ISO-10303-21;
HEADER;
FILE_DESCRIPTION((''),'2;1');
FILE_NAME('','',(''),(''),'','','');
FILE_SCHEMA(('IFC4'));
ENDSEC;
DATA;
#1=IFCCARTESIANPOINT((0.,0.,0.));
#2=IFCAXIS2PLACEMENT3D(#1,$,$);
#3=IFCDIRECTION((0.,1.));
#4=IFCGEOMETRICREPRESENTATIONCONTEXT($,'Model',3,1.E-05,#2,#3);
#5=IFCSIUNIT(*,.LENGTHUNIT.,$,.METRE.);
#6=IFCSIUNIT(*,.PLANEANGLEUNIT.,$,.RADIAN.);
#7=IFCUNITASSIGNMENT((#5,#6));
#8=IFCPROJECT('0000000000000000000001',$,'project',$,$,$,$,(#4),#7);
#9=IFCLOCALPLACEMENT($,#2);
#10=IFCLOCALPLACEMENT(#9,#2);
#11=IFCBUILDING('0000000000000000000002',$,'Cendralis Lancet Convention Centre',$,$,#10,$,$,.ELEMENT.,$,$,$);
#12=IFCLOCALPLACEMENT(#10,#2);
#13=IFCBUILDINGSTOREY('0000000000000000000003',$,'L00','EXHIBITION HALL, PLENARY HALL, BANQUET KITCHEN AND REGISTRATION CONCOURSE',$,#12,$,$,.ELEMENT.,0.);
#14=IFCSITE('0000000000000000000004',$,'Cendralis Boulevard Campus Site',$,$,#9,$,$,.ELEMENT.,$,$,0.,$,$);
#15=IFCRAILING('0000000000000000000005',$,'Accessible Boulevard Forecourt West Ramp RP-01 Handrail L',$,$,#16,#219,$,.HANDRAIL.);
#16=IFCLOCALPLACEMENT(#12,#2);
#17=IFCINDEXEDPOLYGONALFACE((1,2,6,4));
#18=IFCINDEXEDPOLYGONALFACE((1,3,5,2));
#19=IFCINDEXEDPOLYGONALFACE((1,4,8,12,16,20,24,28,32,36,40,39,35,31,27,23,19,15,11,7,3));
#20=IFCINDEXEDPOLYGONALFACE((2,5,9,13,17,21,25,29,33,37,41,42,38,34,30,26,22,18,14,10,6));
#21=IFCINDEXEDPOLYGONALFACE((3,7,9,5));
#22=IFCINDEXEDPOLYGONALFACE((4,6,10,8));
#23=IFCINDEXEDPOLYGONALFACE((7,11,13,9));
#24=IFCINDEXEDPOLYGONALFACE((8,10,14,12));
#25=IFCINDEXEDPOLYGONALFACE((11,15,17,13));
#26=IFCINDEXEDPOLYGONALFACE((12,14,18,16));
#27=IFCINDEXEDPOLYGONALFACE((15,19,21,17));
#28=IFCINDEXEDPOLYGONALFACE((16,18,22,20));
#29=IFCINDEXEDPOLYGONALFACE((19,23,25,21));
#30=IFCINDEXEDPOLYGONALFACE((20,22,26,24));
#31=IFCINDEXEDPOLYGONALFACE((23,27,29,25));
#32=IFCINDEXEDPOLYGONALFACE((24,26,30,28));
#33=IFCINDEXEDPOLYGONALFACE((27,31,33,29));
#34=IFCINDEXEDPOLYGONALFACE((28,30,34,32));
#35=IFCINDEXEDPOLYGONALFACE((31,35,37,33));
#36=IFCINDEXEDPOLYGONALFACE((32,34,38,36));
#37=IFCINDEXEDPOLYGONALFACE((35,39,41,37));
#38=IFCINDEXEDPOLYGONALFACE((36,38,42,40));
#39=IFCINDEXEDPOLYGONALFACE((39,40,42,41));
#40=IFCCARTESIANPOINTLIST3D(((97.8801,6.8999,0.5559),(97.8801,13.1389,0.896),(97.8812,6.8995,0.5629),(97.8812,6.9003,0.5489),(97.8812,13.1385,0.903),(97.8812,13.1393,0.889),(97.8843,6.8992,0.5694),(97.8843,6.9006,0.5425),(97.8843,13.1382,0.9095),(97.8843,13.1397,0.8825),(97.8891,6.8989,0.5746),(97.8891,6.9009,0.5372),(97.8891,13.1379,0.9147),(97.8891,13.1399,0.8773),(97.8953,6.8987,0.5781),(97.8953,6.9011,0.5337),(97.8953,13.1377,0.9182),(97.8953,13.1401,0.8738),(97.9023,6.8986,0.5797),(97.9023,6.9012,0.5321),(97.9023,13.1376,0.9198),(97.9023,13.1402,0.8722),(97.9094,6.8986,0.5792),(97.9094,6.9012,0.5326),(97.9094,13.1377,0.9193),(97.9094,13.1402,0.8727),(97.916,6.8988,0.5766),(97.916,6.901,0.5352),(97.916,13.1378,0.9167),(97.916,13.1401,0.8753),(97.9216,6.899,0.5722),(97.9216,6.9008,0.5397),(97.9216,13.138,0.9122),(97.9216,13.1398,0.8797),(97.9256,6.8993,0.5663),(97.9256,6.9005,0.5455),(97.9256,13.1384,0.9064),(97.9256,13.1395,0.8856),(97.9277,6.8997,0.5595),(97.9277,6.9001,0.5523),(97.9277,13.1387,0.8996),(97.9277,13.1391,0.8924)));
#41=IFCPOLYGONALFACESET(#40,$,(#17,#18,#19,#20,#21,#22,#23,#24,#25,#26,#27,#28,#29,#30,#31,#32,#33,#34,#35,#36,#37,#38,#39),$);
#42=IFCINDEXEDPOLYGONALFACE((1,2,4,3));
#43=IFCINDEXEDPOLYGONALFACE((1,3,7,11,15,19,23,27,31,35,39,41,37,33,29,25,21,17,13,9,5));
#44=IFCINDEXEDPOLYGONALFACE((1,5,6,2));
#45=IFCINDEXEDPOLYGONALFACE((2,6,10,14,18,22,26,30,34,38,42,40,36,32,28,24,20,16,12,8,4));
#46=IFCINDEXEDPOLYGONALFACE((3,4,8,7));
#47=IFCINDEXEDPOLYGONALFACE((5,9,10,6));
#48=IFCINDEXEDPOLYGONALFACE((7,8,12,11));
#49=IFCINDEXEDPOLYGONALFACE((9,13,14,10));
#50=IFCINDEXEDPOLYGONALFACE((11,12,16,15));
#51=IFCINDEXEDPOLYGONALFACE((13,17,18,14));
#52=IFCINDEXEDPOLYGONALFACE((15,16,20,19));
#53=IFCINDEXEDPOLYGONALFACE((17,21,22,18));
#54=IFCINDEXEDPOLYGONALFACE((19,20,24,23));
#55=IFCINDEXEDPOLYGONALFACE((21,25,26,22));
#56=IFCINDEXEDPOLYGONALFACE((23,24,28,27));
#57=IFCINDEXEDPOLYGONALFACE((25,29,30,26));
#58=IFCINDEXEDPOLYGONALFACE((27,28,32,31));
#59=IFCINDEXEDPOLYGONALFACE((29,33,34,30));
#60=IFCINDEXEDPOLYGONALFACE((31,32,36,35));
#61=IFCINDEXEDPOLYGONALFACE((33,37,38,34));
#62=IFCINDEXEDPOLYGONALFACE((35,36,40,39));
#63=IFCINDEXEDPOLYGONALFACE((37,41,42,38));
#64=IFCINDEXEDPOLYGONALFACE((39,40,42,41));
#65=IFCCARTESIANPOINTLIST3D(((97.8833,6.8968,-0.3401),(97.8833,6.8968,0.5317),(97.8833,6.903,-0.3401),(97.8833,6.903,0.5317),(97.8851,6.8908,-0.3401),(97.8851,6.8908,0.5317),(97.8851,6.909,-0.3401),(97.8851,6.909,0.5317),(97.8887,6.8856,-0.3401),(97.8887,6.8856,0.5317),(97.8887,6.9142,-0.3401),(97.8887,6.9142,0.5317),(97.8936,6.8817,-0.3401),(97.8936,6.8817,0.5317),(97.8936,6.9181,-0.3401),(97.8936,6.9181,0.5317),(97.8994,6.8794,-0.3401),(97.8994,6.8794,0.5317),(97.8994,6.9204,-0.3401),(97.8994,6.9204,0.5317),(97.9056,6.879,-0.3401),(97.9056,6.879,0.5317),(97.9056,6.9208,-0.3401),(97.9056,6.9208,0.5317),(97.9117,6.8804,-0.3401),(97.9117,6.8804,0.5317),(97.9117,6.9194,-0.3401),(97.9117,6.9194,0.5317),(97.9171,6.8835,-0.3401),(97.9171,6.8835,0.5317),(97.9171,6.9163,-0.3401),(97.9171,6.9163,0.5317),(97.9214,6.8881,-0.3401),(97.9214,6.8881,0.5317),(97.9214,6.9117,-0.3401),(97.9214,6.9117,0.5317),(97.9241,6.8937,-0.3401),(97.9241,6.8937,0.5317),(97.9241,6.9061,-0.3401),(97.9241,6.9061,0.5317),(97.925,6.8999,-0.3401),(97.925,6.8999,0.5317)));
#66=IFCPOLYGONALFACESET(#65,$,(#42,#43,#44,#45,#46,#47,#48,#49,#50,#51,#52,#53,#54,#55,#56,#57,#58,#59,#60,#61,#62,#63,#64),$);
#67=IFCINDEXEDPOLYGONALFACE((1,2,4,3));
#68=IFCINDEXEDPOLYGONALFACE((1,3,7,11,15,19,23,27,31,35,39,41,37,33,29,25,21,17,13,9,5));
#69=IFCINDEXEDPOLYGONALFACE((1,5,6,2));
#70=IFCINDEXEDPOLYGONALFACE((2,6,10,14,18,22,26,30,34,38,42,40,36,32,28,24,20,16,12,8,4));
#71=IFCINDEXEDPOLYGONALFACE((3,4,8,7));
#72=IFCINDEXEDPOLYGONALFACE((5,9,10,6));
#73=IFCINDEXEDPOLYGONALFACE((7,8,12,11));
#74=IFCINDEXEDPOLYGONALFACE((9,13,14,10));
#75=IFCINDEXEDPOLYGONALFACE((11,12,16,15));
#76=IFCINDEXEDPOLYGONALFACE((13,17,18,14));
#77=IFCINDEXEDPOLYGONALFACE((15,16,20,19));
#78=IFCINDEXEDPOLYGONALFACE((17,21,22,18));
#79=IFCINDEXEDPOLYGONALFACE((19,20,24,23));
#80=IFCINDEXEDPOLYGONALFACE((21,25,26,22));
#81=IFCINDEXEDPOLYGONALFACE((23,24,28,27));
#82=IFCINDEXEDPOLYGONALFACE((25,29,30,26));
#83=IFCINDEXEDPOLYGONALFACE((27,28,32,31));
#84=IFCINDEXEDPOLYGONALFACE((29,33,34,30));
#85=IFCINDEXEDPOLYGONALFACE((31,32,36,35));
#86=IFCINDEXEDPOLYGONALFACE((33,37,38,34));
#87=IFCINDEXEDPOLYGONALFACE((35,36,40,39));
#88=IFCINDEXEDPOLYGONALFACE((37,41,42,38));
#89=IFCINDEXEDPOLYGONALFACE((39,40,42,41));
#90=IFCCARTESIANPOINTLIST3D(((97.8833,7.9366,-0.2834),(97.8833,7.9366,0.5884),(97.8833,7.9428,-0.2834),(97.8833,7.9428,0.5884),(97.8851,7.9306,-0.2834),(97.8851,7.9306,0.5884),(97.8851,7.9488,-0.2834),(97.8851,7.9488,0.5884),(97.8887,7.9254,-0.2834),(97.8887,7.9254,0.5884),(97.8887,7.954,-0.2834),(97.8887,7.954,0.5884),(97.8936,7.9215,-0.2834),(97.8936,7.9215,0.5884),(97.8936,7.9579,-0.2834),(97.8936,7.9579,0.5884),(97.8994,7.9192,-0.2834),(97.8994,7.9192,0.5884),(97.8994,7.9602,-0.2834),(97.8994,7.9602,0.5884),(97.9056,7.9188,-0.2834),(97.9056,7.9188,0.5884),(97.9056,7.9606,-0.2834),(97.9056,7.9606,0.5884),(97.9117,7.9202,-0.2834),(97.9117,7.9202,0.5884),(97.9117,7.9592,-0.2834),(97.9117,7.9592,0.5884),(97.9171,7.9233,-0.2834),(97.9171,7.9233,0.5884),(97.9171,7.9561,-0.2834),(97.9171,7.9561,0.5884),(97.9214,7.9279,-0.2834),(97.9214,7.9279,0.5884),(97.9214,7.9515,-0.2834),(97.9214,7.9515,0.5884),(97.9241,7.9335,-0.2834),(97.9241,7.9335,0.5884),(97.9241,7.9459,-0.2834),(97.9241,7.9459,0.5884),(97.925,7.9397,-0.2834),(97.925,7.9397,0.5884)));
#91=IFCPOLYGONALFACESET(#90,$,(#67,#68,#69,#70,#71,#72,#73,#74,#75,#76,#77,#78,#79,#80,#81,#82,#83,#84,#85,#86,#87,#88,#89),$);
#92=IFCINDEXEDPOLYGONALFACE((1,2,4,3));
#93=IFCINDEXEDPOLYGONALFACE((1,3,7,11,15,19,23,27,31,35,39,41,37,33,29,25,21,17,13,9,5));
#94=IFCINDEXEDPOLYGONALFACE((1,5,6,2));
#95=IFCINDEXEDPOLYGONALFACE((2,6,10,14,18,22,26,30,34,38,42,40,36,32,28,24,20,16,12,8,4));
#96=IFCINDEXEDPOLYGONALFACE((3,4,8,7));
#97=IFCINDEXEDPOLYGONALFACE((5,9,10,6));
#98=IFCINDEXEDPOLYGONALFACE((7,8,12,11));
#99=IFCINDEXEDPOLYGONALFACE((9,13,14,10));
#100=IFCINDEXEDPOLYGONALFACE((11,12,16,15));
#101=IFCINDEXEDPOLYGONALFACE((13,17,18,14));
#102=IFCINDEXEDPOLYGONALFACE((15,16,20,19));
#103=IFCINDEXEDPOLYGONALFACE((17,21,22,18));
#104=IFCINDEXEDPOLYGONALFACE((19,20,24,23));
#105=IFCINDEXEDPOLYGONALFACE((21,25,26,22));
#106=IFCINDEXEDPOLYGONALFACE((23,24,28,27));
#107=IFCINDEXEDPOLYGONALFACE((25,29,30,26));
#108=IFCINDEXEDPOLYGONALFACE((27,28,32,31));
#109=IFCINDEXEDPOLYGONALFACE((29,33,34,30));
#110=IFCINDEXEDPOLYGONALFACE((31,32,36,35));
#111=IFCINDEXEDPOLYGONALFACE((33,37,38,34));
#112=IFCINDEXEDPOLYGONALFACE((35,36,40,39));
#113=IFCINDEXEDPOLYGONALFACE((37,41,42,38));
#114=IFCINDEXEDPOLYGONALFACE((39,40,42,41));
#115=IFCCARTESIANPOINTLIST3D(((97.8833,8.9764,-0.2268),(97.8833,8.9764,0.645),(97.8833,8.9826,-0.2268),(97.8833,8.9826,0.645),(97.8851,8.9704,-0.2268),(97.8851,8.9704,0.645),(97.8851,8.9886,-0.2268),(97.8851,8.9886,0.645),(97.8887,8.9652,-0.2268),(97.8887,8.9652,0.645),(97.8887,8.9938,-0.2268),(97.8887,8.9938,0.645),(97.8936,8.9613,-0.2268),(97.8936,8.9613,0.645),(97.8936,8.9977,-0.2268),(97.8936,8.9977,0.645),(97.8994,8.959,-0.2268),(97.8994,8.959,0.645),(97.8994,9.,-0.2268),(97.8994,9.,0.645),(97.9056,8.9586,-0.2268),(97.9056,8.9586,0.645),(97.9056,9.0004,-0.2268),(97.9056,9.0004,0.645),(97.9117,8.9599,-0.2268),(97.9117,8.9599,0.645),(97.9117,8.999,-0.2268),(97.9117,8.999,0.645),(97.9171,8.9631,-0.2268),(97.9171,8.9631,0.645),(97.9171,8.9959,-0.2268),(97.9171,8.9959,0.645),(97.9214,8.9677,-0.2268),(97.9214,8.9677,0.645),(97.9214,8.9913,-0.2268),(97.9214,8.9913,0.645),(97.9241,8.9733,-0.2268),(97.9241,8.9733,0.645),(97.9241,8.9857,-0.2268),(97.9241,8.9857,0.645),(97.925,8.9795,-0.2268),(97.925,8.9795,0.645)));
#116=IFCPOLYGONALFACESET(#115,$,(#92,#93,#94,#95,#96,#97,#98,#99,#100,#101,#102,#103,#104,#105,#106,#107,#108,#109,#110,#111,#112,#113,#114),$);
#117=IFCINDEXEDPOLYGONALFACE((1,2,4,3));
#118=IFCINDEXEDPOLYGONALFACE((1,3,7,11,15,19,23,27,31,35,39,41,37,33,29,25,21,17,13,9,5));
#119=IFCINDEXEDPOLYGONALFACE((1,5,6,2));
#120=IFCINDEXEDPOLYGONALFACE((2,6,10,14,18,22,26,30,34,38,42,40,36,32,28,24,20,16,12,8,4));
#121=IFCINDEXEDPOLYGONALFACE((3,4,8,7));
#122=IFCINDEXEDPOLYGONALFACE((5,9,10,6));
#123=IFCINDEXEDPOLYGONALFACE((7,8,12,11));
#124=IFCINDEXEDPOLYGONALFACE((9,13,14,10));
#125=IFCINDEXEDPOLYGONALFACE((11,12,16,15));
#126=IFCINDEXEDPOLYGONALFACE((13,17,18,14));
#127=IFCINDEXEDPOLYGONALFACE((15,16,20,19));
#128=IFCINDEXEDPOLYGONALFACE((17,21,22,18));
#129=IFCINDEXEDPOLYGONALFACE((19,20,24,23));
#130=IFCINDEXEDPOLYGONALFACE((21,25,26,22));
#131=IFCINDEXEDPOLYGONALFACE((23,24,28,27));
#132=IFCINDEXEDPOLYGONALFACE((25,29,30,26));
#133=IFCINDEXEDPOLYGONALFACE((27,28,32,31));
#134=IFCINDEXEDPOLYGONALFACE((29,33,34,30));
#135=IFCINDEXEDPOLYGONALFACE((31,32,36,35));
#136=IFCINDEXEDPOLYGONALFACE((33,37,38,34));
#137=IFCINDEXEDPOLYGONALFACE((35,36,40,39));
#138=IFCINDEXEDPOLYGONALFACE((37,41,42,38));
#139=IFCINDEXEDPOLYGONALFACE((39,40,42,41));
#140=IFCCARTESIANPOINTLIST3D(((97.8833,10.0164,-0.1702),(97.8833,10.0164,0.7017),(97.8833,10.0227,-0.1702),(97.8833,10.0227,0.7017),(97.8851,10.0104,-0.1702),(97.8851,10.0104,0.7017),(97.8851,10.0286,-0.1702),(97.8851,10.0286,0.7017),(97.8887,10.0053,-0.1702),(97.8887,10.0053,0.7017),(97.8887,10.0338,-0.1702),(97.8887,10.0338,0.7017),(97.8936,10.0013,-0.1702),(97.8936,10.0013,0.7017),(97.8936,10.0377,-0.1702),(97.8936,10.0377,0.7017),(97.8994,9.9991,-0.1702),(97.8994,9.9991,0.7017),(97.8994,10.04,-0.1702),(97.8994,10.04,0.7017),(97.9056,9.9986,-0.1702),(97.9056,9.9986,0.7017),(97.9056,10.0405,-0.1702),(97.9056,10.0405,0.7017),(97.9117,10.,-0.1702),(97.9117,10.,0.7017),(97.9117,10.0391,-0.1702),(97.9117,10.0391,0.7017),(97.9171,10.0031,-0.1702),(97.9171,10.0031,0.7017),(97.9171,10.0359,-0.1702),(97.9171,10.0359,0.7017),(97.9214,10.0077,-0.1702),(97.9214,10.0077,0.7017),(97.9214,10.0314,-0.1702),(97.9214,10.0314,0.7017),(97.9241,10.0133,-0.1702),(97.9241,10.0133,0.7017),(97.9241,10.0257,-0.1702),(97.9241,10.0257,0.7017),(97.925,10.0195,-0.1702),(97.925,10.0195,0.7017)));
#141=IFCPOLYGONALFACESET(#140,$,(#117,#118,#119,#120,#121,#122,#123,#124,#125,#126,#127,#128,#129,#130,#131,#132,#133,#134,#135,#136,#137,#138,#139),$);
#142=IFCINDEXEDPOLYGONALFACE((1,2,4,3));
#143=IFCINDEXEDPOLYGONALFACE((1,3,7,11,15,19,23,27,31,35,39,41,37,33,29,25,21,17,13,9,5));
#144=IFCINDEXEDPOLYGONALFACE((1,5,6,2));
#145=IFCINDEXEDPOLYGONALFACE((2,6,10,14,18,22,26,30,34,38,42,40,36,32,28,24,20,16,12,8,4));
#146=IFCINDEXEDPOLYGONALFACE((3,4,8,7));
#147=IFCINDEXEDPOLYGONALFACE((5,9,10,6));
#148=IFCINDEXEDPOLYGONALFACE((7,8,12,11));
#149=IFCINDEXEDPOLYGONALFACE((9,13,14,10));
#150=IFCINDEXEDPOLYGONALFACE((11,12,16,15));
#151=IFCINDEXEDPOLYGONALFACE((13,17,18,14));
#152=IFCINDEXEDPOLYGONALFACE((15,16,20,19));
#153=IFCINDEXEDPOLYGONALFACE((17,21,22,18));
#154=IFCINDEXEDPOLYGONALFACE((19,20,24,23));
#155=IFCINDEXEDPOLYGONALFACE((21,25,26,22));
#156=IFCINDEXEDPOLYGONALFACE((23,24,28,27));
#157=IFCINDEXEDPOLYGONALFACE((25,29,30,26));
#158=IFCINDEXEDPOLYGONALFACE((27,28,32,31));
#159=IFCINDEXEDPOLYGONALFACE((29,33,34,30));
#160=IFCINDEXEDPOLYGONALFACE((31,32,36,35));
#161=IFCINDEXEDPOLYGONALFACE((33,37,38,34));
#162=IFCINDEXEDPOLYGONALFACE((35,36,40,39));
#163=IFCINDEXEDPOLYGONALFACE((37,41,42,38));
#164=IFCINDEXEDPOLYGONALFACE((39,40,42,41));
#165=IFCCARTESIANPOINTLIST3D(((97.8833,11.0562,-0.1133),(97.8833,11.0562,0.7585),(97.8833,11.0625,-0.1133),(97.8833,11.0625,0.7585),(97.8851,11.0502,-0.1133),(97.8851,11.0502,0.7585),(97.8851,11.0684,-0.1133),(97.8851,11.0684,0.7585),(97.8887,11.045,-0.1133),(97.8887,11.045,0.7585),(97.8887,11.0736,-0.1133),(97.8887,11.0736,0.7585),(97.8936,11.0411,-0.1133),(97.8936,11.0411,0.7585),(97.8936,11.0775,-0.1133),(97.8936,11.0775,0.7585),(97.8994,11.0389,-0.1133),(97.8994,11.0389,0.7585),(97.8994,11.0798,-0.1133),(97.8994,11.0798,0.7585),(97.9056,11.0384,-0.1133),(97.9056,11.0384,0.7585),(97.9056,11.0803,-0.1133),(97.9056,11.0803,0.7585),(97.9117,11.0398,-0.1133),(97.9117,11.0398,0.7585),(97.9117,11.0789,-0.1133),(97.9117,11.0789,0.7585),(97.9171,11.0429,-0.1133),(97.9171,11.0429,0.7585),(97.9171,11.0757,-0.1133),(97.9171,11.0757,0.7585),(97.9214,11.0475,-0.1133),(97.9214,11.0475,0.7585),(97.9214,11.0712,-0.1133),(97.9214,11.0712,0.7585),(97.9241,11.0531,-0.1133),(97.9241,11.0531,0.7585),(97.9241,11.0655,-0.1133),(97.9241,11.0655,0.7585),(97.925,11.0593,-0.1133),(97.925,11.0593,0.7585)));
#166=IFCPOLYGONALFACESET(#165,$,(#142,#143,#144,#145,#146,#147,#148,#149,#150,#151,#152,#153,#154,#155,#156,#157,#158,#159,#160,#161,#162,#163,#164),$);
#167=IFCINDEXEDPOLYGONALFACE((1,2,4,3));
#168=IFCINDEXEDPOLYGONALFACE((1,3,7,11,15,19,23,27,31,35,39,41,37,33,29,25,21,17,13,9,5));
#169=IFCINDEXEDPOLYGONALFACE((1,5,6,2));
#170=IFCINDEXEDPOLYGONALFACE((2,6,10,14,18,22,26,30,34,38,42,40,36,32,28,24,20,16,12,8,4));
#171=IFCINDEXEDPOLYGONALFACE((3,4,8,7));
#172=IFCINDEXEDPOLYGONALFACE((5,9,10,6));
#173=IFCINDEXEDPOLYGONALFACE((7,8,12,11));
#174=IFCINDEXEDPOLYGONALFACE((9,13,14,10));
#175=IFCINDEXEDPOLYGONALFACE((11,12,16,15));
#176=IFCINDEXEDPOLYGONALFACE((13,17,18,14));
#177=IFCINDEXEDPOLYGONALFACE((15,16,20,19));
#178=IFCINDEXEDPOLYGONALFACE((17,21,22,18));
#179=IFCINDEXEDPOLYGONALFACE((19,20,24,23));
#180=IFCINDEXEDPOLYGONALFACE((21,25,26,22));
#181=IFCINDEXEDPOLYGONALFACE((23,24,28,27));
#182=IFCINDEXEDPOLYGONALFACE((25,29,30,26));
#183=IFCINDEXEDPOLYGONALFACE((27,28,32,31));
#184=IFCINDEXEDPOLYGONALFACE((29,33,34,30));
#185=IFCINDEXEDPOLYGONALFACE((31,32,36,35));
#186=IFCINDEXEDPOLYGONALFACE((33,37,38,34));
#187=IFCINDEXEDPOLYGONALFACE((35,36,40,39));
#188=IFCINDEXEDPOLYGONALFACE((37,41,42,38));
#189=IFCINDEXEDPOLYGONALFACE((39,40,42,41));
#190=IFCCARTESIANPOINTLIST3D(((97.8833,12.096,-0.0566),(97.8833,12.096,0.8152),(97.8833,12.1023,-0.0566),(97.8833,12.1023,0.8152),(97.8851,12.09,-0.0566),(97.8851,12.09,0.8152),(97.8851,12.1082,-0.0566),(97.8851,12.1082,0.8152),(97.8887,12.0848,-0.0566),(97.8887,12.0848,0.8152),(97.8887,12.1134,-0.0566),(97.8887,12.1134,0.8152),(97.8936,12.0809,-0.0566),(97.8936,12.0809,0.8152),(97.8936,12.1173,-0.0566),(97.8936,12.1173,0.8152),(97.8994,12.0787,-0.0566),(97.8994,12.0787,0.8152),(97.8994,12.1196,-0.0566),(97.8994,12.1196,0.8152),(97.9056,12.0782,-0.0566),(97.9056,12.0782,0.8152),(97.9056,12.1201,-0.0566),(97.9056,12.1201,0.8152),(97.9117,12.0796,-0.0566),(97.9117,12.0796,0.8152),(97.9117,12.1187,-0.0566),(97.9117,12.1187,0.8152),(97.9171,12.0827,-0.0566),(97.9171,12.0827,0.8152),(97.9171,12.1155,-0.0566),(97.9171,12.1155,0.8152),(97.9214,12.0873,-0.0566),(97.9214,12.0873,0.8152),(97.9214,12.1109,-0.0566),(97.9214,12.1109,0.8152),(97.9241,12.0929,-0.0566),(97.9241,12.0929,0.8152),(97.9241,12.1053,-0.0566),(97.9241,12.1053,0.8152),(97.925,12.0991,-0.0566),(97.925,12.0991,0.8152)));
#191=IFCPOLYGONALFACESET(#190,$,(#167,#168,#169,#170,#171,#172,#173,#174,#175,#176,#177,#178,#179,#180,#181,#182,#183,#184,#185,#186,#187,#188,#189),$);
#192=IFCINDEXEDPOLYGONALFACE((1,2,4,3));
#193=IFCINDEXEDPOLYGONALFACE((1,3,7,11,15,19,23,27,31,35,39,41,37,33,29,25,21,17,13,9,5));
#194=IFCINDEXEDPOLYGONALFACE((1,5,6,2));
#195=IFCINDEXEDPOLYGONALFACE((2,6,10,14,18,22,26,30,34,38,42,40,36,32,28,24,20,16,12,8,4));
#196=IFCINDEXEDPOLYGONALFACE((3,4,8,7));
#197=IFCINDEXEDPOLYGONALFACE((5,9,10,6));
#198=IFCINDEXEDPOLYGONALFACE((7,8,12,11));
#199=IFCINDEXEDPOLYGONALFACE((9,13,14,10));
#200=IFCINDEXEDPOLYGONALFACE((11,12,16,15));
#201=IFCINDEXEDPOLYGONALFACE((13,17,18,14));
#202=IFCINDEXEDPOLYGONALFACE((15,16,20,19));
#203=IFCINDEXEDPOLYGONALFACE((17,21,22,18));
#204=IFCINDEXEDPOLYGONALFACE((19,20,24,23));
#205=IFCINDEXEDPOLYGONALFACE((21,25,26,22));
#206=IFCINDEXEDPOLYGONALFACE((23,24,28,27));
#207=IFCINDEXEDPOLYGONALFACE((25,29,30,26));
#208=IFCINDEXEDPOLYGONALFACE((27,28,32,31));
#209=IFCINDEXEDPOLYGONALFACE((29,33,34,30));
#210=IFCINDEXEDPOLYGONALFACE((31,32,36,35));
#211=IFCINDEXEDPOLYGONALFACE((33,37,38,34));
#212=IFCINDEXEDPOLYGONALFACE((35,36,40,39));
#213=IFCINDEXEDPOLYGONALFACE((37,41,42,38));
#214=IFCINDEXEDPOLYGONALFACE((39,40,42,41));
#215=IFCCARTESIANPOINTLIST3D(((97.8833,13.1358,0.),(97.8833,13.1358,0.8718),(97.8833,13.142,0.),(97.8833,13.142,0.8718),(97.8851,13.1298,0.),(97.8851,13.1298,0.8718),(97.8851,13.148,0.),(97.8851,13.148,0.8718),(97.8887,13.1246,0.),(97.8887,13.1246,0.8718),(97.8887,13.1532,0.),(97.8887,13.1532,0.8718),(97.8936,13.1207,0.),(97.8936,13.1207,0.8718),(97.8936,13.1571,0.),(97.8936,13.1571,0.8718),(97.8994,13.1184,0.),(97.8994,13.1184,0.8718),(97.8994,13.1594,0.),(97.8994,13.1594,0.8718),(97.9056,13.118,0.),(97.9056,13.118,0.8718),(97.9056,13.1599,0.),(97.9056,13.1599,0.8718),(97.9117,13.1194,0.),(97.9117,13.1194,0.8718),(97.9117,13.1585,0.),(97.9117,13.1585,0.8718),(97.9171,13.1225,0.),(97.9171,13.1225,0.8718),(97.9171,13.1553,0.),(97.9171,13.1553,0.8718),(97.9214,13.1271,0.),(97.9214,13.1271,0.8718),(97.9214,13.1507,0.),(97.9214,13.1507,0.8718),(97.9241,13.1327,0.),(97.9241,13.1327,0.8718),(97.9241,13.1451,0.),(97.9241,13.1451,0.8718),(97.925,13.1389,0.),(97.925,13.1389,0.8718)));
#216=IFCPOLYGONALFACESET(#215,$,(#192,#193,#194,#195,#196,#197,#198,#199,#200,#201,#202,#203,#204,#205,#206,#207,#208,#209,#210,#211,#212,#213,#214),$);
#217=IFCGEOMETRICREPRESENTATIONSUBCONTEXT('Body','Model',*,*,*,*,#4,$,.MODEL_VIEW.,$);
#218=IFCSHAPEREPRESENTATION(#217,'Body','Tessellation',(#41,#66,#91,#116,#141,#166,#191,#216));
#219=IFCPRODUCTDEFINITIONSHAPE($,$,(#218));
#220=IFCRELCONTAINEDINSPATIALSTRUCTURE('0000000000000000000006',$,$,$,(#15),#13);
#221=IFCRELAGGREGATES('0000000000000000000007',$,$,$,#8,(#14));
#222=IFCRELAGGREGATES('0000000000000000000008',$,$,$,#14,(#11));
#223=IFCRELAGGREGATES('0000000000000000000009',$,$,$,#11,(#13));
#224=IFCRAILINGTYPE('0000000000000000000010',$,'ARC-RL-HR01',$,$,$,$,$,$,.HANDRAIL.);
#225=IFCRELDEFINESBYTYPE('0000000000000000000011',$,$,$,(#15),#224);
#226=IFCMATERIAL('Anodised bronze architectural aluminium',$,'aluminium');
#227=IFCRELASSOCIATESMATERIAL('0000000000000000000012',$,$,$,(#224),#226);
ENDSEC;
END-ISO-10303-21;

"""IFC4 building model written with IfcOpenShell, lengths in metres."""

from ifc_helpers import new_model, si_unit, direction, frame, origin, origin_2d, place, context, subcontext, project, spatial, circle, extrude, material, type_object, element, save


model = new_model("IFC4")

# Units and contexts
model_context = context("Model", 3, precision=1e-05, world=origin(), true_north=direction((0.0, 1.0)))
body_context = subcontext(model_context, "Body", "Model", "MODEL_VIEW")
ifc_project = project(units=[si_unit("LENGTHUNIT", "METRE"), si_unit("PLANEANGLEUNIT", "RADIAN")], contexts=[model_context])

# Site, building, storey
site_placement = place(None, origin())
site = spatial("IfcSite", under=ifc_project, at=site_placement, Name="Cendralis Boulevard Campus Site", CompositionType="ELEMENT", RefElevation=0.0)
building_placement = place(site_placement, origin())
building = spatial("IfcBuilding", under=site, at=building_placement, Name="Cendralis Lancet Convention Centre", CompositionType="ELEMENT")
storey_placement = place(building_placement, origin())
storey = spatial("IfcBuildingStorey", under=building, at=storey_placement, Name="L00", Description="EXHIBITION HALL, PLENARY HALL, BANQUET KITCHEN AND REGISTRATION CONCOURSE", CompositionType="ELEMENT", Elevation=0.0)

# Shared definitions
ifc_material_1 = material(Name="Anodised bronze architectural aluminium", Category="aluminium")

# Railing
railing_type = type_object("IfcRailingType", Name="ARC-RL-HR01", PredefinedType="HANDRAIL", material=ifc_material_1)
for number, where, name in (
    (1, (97.9041, 6.8999, -0.3401), "Accessible Boulevard Forecourt West Ramp RP-01 Handrail L"),
):
    element("IfcRailing", number, at=place(storey_placement, frame(where)), inside=storey, type_object=railing_type, Name=name, PredefinedType="HANDRAIL", context=body_context, shape_type="SweptSolid", body=[
        extrude(circle(Radius=0.0239, at=origin_2d()), frame((0.0, 0.0, 0.896), z_axis=(0.0, 0.998518, 0.054429), x_axis=(-1.0, 0.0, 0.0)), (0.0, 0.0, 1.0), 6.2483),
        extrude(circle(Radius=0.021, at=origin_2d()), origin(), (0.0, 0.0, 1.0), 0.8718),
        extrude(circle(Radius=0.021, at=origin_2d()), frame((0.0, 1.0398, 0.0566)), (0.0, 0.0, 1.0), 0.8718),
        extrude(circle(Radius=0.021, at=origin_2d()), frame((0.0, 2.0796, 0.1133)), (0.0, 0.0, 1.0), 0.8718),
        extrude(circle(Radius=0.021, at=origin_2d()), frame((0.0, 3.1196, 0.1699)), (0.0, 0.0, 1.0), 0.8718),
        extrude(circle(Radius=0.021, at=origin_2d()), frame((0.0, 4.1594, 0.2268)), (0.0, 0.0, 1.0), 0.8718),
        extrude(circle(Radius=0.021, at=origin_2d()), frame((0.0, 5.1992, 0.2834)), (0.0, 0.0, 1.0), 0.8718),
        extrude(circle(Radius=0.021, at=origin_2d()), frame((0.0, 6.239, 0.3401)), (0.0, 0.0, 1.0), 0.8718),
    ])

save(model, "model.ifc")
